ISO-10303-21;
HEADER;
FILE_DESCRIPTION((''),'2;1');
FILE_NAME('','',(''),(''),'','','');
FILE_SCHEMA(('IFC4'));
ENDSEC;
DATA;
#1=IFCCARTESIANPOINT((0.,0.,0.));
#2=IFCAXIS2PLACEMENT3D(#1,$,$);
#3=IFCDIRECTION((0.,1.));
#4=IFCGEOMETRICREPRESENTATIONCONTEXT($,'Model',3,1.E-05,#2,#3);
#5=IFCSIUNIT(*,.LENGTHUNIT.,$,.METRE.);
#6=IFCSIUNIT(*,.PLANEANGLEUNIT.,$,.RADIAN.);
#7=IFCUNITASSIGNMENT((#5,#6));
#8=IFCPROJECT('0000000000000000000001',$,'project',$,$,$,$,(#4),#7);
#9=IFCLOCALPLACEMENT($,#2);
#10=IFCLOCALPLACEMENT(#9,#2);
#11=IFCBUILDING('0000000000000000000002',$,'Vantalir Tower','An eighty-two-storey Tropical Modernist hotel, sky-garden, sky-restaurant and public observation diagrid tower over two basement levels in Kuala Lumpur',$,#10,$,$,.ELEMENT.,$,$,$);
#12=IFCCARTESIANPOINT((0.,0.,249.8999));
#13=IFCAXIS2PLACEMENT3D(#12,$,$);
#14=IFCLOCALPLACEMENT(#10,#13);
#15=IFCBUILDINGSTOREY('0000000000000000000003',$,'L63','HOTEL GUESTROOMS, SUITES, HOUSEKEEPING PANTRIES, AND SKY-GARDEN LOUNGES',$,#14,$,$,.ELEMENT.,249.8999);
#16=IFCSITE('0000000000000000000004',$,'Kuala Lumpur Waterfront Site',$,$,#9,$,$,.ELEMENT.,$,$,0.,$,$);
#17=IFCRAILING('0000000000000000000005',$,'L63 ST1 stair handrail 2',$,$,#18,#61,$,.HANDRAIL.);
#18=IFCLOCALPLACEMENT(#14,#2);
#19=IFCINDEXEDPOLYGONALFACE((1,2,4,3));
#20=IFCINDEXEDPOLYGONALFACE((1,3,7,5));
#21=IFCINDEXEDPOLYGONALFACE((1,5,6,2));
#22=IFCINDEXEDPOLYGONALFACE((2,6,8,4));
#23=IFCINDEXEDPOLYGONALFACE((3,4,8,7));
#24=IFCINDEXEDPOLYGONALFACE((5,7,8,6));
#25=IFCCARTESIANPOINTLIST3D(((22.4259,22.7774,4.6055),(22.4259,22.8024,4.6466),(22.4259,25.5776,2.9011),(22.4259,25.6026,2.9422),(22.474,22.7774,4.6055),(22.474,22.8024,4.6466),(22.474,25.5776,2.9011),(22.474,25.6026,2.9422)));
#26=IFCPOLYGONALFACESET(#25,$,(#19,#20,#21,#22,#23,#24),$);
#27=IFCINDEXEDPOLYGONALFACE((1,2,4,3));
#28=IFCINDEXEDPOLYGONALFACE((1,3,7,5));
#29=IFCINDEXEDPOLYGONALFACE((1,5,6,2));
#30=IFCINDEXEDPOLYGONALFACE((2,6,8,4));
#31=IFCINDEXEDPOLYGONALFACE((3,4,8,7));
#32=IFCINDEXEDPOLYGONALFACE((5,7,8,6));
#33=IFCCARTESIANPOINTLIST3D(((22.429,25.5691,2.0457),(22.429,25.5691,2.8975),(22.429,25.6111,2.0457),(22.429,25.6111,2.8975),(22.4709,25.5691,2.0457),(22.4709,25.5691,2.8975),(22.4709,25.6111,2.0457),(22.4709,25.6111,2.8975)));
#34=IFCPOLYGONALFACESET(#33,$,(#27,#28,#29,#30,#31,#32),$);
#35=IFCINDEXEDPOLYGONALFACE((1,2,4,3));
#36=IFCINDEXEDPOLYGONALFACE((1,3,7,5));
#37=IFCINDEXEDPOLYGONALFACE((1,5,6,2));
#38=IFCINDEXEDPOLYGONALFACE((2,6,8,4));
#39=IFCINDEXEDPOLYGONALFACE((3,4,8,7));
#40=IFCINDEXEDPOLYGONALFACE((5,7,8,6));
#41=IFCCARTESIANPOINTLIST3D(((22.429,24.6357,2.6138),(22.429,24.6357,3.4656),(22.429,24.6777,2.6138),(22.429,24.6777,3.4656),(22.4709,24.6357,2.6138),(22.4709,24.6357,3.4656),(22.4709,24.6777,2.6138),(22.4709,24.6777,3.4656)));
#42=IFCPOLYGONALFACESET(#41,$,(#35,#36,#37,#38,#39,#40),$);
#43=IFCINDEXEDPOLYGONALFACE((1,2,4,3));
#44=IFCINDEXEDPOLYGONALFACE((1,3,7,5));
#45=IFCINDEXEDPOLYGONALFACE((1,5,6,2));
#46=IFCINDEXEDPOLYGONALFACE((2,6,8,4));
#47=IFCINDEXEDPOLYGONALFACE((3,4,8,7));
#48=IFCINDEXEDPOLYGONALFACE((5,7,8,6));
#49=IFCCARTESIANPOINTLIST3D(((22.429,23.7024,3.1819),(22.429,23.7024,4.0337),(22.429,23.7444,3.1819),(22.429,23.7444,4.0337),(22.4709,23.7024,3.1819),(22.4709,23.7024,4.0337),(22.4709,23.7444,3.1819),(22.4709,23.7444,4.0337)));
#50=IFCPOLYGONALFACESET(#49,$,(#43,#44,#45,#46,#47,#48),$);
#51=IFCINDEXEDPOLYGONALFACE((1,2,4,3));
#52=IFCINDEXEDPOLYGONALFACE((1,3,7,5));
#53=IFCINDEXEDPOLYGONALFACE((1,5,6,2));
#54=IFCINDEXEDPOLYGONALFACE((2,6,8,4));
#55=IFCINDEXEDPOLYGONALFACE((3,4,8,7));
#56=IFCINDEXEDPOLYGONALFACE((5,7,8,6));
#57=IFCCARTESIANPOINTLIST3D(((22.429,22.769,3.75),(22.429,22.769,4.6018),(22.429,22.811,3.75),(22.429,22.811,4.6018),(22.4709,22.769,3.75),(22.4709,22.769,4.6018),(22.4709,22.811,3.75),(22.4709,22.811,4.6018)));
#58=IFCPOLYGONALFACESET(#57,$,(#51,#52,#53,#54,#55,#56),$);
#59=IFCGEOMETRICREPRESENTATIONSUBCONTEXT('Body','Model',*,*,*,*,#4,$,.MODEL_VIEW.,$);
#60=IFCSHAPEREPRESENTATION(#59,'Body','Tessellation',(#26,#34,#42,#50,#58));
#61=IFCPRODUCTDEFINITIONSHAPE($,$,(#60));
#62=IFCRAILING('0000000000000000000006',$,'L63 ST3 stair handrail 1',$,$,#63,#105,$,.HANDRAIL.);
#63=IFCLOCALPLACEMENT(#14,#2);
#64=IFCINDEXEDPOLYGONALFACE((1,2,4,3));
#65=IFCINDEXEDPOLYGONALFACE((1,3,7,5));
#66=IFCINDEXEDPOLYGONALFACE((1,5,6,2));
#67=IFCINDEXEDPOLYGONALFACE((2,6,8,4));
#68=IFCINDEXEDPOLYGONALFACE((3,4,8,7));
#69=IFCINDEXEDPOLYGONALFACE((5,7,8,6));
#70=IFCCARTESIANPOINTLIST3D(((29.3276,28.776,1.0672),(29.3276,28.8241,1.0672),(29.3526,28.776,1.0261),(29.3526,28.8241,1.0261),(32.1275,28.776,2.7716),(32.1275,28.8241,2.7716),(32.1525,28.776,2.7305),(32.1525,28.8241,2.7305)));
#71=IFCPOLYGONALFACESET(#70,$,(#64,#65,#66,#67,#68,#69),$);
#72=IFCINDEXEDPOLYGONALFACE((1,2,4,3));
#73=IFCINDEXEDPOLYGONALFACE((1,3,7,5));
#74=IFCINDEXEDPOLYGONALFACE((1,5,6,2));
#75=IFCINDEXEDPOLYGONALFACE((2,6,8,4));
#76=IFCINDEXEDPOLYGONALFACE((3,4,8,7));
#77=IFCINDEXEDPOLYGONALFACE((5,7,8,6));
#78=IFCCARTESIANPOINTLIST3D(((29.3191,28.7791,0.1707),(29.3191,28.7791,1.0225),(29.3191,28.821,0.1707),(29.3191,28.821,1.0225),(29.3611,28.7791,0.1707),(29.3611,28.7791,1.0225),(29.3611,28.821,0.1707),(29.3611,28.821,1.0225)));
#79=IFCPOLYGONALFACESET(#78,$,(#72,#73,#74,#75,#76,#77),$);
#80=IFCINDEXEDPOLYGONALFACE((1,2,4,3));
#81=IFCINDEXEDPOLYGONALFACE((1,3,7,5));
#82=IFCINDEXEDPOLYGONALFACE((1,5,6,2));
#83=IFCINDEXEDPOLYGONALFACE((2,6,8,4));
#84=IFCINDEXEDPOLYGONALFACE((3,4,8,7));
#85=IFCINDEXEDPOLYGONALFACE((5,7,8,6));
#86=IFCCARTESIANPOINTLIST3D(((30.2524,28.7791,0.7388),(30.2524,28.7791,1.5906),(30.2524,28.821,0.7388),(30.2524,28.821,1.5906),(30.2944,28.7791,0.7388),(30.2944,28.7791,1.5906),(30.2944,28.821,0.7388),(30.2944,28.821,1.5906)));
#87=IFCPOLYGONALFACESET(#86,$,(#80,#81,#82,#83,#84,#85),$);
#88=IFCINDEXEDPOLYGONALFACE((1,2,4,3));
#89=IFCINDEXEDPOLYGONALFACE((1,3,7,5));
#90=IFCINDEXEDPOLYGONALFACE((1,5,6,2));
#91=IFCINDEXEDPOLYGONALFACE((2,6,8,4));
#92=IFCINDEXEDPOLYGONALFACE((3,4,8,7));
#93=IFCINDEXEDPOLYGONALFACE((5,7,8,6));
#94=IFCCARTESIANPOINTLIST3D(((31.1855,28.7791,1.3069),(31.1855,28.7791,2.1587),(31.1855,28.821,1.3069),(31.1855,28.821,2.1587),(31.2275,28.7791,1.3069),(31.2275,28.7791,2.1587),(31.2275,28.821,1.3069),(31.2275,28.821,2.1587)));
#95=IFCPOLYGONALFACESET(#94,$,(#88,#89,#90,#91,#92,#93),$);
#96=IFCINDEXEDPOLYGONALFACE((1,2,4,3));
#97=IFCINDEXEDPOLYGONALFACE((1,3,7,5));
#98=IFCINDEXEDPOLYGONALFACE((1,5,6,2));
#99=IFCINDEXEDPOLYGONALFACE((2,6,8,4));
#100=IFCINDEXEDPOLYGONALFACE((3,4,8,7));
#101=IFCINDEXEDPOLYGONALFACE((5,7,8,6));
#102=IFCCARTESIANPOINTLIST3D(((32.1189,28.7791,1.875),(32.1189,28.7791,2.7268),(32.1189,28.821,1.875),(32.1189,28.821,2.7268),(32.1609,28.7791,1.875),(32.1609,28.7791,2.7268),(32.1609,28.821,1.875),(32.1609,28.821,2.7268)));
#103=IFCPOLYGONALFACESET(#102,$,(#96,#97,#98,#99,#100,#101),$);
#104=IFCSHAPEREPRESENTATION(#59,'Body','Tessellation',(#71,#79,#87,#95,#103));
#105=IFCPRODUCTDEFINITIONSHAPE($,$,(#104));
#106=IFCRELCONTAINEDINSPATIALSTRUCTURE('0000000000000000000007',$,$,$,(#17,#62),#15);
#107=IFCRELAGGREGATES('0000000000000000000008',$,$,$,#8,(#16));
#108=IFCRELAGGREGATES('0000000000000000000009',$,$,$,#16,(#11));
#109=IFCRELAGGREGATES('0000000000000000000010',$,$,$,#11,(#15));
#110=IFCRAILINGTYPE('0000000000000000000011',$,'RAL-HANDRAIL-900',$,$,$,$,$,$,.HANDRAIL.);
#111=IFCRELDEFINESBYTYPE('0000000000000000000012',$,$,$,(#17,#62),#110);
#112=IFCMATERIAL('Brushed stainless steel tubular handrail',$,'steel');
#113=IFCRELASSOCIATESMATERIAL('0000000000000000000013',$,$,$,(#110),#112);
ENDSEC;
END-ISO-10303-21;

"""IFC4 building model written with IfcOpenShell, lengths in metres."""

from ifc_helpers import new_model, si_unit, direction, frame, origin, origin_2d, place, context, subcontext, project, spatial, rectangle, extrude, material, type_object, element, save


model = new_model("IFC4")

# Units and contexts
model_context = context("Model", 3, precision=1e-05, world=origin(), true_north=direction((0.0, 1.0)))
body_context = subcontext(model_context, "Body", "Model", "MODEL_VIEW")
ifc_project = project(units=[si_unit("LENGTHUNIT", "METRE"), si_unit("PLANEANGLEUNIT", "RADIAN")], contexts=[model_context])

# Site, building, storey
site_placement = place(None, origin())
site = spatial("IfcSite", under=ifc_project, at=site_placement, Name="Kuala Lumpur Waterfront Site", CompositionType="ELEMENT", RefElevation=0.0)
building_placement = place(site_placement, origin())
building = spatial("IfcBuilding", under=site, at=building_placement, Name="Vantalir Tower", Description="An eighty-two-storey Tropical Modernist hotel, sky-garden, sky-restaurant and public observation diagrid tower over two basement levels in Kuala Lumpur", CompositionType="ELEMENT")
storey_placement = place(building_placement, frame((0.0, 0.0, 249.8999)))
storey = spatial("IfcBuildingStorey", under=building, at=storey_placement, Name="L63", Description="HOTEL GUESTROOMS, SUITES, HOUSEKEEPING PANTRIES, AND SKY-GARDEN LOUNGES", CompositionType="ELEMENT", Elevation=249.8999)

# Railings
ifc_material_1 = material(Name="Brushed stainless steel tubular handrail", Category="steel")
railing_type_1 = type_object("IfcRailingType", Name="RAL-HANDRAIL-900", PredefinedType="HANDRAIL", material=ifc_material_1)
railing_1_placement = place(storey_placement, frame((22.45, 25.5901, 2.0457)))
element("IfcRailing", 1, at=railing_1_placement, inside=storey, type_object=railing_type_1, Name="L63 ST1 stair handrail 2", PredefinedType="HANDRAIL", context=body_context, shape_type="SweptSolid", body=[
    extrude(rectangle(XDim=0.0481, YDim=0.0481, at=origin_2d()), frame((0.0, 0.0, 0.876), z_axis=(0.0, -0.854203, 0.51994), x_axis=(1.0, 0.0, 0.0)), (0.0, 0.0, 1.0), 3.2781),
    extrude(rectangle(XDim=0.042, YDim=0.042, at=origin_2d()), origin(), (0.0, 0.0, 1.0), 0.8518),
    extrude(rectangle(XDim=0.042, YDim=0.042, at=origin_2d()), frame((0.0, -0.9333, 0.5681)), (0.0, 0.0, 1.0), 0.8518),
    extrude(rectangle(XDim=0.042, YDim=0.042, at=origin_2d()), frame((0.0, -1.8667, 1.1362)), (0.0, 0.0, 1.0), 0.8518),
    extrude(rectangle(XDim=0.042, YDim=0.042, at=origin_2d()), frame((0.0, -2.8, 1.7043)), (0.0, 0.0, 1.0), 0.8518),
])
railing_2_placement = place(storey_placement, frame((29.3401, 28.8, 0.1707)))
element("IfcRailing", 2, at=railing_2_placement, inside=storey, type_object=railing_type_1, Name="L63 ST3 stair handrail 1", PredefinedType="HANDRAIL", context=body_context, shape_type="SweptSolid", body=[
    extrude(rectangle(XDim=0.0481, YDim=0.0481, at=origin_2d()), frame((0.0, 0.0, 0.876), z_axis=(0.854183, 0.0, 0.519973), x_axis=(0.0, 1.0, 0.0)), (0.0, 0.0, 1.0), 3.2778),
    extrude(rectangle(XDim=0.042, YDim=0.042, at=origin_2d()), origin(), (0.0, 0.0, 1.0), 0.8518),
    extrude(rectangle(XDim=0.042, YDim=0.042, at=origin_2d()), frame((0.9333, 0.0, 0.5681)), (0.0, 0.0, 1.0), 0.8518),
    extrude(rectangle(XDim=0.042, YDim=0.042, at=origin_2d()), frame((1.8665, 0.0, 1.1362)), (0.0, 0.0, 1.0), 0.8518),
    extrude(rectangle(XDim=0.042, YDim=0.042, at=origin_2d()), frame((2.7998, 0.0, 1.7043)), (0.0, 0.0, 1.0), 0.8518),
])

save(model, "model.ifc")
